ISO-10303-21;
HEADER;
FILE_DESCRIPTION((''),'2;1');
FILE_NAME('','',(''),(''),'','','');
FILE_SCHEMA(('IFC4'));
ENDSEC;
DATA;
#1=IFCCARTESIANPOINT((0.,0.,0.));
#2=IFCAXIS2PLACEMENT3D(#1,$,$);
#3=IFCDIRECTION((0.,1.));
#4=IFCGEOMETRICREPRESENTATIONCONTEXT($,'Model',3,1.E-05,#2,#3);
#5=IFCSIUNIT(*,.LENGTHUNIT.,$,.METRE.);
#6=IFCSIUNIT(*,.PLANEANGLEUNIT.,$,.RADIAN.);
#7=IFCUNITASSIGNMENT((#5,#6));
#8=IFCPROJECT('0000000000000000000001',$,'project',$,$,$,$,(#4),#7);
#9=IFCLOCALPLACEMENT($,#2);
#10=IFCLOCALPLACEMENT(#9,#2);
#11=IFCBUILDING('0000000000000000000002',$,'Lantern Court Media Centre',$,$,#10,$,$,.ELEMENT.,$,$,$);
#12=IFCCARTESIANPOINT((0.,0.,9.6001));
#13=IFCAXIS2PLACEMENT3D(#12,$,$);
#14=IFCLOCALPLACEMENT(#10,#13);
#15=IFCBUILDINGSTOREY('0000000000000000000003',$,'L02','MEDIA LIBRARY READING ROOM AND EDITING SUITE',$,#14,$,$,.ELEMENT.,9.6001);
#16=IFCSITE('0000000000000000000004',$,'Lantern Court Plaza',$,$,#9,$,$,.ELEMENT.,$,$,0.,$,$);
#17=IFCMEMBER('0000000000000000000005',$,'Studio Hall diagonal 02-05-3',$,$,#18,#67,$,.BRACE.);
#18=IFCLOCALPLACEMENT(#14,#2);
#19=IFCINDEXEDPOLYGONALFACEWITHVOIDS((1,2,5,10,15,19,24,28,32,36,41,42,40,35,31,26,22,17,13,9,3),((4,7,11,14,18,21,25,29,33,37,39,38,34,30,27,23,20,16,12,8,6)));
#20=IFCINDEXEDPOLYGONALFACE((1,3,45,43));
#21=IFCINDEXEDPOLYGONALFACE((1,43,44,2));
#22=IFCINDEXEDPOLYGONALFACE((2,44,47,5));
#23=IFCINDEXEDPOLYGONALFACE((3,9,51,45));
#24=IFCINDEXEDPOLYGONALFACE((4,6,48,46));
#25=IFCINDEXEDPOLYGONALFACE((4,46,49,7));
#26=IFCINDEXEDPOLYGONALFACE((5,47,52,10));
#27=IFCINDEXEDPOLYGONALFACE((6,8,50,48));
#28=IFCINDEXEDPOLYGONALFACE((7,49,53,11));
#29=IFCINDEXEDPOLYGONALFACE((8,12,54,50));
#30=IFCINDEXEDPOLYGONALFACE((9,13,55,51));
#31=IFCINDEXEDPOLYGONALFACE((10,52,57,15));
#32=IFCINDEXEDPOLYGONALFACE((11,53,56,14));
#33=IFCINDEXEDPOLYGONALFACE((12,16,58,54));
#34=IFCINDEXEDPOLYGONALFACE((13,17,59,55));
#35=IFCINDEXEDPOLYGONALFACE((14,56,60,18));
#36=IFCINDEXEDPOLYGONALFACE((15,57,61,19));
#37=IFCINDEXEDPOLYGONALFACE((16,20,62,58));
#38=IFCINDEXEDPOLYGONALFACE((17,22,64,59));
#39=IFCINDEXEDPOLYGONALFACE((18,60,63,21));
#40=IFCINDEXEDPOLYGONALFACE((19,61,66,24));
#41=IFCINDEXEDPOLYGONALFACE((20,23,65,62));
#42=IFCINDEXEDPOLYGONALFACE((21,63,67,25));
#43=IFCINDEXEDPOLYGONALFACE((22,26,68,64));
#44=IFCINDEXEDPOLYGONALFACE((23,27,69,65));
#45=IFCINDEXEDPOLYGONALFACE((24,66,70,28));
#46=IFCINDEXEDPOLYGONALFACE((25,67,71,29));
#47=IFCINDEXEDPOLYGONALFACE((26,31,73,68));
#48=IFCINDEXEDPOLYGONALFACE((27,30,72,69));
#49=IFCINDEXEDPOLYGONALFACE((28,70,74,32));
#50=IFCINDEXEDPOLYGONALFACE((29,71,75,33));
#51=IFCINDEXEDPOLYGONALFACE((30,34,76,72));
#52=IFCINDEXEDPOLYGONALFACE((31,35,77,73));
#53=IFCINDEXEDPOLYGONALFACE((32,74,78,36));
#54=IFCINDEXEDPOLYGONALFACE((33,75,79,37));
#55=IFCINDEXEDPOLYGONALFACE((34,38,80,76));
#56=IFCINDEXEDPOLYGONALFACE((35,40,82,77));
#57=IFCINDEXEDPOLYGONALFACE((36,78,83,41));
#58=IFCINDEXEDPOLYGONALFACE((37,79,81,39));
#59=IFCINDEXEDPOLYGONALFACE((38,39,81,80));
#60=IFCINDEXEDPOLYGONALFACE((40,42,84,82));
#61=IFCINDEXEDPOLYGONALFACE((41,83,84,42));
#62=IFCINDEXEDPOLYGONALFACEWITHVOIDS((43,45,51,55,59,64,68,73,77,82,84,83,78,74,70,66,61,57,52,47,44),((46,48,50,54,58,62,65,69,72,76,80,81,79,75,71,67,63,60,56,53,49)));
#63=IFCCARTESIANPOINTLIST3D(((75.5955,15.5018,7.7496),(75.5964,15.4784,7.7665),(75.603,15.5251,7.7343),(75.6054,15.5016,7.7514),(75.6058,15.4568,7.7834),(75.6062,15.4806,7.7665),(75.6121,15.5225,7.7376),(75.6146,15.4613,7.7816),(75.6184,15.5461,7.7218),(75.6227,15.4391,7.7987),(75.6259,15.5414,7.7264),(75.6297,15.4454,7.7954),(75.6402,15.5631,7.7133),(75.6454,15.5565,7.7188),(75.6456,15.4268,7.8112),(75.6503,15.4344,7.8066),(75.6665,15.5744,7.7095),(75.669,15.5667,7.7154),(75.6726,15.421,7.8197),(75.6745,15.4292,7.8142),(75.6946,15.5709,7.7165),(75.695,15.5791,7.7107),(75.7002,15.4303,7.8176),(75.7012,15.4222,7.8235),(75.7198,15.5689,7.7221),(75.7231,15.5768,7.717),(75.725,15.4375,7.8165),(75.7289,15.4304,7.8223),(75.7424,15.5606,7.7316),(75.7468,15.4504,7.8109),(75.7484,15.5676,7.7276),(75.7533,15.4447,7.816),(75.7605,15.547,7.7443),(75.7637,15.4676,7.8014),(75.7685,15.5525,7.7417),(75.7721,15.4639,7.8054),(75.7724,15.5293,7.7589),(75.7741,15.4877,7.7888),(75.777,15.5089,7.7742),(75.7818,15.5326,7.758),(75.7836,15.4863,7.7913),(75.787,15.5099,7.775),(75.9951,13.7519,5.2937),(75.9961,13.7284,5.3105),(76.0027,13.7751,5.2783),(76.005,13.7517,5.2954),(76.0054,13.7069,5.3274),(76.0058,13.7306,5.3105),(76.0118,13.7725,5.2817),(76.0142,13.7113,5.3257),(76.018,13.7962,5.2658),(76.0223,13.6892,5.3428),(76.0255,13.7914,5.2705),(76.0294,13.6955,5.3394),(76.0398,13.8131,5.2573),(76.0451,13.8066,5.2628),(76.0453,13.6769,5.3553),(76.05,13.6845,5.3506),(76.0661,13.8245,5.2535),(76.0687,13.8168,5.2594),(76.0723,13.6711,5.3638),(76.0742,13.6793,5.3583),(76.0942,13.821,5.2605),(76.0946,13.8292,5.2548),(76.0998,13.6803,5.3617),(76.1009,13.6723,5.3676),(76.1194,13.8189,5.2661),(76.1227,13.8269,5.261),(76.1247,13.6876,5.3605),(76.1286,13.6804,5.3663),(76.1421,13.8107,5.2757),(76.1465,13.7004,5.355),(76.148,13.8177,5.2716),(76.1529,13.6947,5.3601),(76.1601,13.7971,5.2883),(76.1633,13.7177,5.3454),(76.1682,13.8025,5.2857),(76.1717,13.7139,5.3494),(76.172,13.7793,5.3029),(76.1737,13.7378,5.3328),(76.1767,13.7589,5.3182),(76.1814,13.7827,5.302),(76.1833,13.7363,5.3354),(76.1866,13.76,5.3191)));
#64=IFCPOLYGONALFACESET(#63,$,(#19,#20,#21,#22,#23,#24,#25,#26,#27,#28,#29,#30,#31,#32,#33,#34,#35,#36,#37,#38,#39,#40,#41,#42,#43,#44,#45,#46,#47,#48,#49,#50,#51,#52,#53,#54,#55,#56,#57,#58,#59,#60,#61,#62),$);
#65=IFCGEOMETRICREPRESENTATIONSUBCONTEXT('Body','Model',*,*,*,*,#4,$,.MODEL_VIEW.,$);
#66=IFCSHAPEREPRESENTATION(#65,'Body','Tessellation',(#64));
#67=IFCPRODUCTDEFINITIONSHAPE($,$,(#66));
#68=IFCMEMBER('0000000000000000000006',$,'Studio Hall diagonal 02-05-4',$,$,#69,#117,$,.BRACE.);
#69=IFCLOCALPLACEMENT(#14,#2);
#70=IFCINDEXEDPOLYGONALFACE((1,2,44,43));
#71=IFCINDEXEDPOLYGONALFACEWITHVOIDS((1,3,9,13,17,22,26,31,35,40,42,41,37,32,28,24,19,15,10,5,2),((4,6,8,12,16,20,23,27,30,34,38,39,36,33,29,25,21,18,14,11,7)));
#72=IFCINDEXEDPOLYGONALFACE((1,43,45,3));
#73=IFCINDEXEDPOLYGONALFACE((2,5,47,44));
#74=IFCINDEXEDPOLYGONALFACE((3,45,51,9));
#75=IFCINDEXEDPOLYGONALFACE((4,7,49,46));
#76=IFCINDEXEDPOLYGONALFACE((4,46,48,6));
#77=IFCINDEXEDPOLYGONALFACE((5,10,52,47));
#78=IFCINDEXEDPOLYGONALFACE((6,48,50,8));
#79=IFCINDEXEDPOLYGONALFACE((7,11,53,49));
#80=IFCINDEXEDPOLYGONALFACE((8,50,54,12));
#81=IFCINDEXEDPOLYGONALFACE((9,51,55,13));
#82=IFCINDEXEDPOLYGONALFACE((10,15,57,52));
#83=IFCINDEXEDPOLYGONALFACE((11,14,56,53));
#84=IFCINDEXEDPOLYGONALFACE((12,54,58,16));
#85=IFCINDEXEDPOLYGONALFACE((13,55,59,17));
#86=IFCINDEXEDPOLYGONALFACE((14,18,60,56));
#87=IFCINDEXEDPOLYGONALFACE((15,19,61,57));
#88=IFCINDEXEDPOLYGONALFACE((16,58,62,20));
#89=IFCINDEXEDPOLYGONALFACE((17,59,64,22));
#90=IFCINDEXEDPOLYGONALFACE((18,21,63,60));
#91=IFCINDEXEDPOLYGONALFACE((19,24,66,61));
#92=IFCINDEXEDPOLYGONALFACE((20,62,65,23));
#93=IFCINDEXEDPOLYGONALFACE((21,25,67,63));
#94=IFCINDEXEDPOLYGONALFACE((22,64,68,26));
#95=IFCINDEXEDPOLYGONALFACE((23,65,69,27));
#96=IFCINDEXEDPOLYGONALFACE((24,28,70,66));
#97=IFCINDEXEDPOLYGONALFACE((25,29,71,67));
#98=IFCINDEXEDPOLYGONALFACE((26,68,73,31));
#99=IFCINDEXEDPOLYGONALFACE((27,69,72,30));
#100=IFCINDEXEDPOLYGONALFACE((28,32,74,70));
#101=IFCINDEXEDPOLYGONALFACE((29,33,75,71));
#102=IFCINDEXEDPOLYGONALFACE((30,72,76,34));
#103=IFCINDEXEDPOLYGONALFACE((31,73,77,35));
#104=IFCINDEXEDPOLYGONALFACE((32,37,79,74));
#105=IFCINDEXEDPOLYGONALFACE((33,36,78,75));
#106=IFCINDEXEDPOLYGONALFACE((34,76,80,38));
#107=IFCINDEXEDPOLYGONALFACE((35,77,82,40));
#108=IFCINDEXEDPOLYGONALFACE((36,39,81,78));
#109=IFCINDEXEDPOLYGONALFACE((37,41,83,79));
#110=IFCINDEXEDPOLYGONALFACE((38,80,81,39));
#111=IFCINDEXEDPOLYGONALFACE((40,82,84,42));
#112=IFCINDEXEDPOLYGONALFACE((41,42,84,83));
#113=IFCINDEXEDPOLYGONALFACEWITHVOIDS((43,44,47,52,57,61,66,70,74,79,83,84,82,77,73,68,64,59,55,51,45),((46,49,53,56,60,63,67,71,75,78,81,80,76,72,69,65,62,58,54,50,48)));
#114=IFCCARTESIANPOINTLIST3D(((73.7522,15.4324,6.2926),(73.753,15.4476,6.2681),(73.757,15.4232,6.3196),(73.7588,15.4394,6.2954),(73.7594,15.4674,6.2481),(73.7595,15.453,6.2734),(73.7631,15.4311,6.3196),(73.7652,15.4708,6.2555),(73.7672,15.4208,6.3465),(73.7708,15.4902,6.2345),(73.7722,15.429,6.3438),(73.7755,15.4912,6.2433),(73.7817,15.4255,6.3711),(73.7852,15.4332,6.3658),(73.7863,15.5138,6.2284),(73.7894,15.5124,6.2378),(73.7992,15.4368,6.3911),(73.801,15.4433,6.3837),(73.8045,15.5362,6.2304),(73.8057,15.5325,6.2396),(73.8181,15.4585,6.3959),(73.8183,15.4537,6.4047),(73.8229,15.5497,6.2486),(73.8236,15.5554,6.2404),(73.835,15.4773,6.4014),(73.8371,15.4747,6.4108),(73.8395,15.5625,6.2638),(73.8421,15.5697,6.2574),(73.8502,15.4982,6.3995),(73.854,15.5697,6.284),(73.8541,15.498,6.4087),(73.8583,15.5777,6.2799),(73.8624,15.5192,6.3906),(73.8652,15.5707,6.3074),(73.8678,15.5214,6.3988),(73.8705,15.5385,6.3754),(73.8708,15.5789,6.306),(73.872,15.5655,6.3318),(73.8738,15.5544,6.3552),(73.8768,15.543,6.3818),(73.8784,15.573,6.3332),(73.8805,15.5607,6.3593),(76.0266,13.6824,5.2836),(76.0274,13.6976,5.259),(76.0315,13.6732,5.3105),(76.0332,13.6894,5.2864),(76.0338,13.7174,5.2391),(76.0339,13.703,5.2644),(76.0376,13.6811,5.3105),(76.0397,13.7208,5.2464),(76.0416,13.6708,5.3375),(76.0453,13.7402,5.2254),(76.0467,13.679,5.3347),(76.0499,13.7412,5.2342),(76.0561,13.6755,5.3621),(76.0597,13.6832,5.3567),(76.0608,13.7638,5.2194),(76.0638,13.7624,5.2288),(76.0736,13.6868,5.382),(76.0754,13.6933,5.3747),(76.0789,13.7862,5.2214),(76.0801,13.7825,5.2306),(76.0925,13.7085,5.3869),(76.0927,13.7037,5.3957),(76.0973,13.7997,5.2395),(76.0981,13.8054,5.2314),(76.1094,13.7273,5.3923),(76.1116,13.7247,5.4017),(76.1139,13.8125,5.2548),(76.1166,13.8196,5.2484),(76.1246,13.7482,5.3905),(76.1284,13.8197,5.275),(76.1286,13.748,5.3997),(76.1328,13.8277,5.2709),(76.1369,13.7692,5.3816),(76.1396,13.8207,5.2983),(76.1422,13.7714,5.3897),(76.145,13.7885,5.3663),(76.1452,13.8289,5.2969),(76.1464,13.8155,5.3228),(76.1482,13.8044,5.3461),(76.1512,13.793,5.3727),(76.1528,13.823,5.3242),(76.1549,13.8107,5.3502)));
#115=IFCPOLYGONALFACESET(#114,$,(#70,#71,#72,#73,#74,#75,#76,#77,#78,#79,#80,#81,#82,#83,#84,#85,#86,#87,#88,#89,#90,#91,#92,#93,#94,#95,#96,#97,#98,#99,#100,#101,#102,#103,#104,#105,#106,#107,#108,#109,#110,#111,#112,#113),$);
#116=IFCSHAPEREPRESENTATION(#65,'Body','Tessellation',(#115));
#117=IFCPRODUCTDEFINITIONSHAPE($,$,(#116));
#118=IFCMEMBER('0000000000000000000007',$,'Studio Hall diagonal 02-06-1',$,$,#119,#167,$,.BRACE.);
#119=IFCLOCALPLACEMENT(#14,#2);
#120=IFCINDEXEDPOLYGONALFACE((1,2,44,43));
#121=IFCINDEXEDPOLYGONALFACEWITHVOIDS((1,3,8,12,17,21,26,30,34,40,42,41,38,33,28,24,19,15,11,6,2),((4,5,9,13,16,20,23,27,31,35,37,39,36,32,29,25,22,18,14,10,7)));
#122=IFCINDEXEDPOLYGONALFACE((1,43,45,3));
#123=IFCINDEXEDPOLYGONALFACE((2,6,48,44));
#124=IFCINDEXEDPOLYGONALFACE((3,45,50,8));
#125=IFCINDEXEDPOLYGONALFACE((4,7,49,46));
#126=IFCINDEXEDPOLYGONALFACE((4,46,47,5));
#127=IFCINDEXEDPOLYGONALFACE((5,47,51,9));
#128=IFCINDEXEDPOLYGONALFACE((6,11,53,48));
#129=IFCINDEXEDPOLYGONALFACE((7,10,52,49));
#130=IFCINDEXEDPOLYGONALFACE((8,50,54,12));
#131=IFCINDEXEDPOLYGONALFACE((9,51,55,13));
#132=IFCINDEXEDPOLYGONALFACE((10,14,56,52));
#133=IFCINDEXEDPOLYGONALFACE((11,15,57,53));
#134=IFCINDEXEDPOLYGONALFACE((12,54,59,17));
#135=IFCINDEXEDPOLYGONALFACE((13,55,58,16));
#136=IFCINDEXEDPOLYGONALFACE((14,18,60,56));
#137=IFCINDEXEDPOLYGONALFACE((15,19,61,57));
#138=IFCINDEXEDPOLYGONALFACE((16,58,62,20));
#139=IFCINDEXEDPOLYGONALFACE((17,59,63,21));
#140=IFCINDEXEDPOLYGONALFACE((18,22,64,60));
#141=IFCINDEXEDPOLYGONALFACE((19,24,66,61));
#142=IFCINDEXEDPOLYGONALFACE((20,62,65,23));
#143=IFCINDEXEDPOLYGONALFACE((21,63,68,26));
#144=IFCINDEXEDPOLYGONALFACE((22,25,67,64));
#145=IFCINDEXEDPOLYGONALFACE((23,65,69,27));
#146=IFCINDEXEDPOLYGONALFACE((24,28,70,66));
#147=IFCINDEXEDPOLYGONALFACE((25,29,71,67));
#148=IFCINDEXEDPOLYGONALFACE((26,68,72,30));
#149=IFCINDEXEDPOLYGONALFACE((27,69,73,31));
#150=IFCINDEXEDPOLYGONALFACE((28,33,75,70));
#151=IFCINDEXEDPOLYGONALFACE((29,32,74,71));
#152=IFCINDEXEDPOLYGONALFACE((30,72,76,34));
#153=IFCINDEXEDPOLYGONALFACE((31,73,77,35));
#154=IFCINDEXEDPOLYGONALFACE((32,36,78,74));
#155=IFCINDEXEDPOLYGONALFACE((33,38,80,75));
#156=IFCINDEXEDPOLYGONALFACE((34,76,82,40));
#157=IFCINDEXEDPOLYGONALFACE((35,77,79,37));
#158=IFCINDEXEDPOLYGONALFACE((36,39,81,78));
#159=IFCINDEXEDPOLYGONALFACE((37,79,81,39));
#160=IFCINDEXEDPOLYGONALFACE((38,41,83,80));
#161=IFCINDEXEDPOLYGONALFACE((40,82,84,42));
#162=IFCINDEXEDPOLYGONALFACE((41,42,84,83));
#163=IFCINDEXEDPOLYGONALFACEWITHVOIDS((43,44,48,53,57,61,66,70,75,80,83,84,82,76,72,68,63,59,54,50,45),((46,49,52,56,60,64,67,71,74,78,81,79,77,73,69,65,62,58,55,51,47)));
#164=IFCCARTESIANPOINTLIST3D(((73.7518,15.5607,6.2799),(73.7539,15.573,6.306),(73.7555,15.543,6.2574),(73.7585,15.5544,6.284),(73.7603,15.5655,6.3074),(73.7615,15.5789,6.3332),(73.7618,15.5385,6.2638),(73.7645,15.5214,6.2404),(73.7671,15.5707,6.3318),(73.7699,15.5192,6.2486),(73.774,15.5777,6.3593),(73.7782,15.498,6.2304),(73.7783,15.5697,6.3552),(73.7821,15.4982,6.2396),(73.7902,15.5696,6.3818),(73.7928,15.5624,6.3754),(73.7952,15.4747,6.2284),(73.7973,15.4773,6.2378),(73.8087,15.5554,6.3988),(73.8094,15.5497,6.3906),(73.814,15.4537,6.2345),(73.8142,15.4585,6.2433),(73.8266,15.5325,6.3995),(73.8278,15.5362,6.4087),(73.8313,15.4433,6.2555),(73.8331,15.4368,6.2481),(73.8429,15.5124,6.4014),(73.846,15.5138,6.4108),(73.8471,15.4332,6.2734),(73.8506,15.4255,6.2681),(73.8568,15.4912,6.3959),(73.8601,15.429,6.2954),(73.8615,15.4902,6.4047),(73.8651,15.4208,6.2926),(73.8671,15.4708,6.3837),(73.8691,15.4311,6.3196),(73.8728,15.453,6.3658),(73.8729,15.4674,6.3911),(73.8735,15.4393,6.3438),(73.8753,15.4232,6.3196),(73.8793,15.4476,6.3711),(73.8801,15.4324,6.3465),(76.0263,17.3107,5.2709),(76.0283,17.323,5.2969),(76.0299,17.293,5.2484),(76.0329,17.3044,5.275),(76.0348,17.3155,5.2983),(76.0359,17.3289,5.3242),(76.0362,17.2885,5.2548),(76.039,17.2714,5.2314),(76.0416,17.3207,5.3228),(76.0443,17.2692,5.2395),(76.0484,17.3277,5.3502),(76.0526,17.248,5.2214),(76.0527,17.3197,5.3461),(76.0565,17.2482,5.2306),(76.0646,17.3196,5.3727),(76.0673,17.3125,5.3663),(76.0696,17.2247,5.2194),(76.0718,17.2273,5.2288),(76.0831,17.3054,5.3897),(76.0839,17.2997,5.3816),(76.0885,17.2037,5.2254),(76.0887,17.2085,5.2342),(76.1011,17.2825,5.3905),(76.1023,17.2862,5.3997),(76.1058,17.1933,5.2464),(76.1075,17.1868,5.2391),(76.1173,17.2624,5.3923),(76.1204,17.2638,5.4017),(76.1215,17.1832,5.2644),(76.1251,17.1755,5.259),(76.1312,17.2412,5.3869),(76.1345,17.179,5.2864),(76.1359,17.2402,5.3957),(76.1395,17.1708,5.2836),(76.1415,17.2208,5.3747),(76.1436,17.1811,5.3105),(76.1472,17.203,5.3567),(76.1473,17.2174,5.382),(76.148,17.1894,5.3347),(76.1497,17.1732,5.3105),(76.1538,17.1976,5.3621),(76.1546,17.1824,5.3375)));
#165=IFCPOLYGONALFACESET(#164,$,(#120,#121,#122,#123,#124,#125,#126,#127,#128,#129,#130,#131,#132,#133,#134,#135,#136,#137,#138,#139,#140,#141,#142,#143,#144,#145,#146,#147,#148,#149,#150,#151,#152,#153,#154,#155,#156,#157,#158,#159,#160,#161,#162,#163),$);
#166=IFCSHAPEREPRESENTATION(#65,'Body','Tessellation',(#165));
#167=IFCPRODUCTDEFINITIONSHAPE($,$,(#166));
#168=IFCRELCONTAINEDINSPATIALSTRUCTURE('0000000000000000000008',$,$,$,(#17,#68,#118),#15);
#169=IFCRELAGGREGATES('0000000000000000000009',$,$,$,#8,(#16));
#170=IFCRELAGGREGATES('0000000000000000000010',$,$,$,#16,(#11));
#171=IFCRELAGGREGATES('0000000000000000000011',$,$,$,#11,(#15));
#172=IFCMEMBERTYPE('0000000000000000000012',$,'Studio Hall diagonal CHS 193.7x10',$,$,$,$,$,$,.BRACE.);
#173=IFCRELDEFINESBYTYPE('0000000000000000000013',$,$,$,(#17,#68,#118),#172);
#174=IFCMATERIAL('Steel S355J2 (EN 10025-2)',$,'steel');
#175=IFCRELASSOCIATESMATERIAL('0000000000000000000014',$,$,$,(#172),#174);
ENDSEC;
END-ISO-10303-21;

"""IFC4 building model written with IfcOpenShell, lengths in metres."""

from ifc_helpers import new_model, si_unit, direction, frame, origin, origin_2d, place, context, subcontext, project, spatial, hollow_circle, extrude, material, material_profile, profile_set, type_object, element, save


model = new_model("IFC4")

# Units and contexts
model_context = context("Model", 3, precision=1e-05, world=origin(), true_north=direction((0.0, 1.0)))
body_context = subcontext(model_context, "Body", "Model", "MODEL_VIEW")
ifc_project = project(units=[si_unit("LENGTHUNIT", "METRE"), si_unit("PLANEANGLEUNIT", "RADIAN")], contexts=[model_context])

# Site, building, storey
site_placement = place(None, origin())
site = spatial("IfcSite", under=ifc_project, at=site_placement, Name="Lantern Court Plaza", CompositionType="ELEMENT", RefElevation=0.0)
building_placement = place(site_placement, origin())
building = spatial("IfcBuilding", under=site, at=building_placement, Name="Lantern Court Media Centre", CompositionType="ELEMENT")
storey_placement = place(building_placement, frame((0.0, 0.0, 9.6001)))
storey = spatial("IfcBuildingStorey", under=building, at=storey_placement, Name="L02", Description="MEDIA LIBRARY READING ROOM AND EDITING SUITE", CompositionType="ELEMENT", Elevation=9.6001)

# Members
ifc_material_1 = material(Name="Steel S355J2 (EN 10025-2)", Category="steel")
ifc_material_profile_1 = material_profile(ifc_material_1, hollow_circle(Radius=0.0969, WallThickness=0.01, at=origin_2d()), Name="Studio Hall diagonal CHS 193.7x10")
ifc_profile_set_1 = profile_set([ifc_material_profile_1], Name="Steel S355J2 (EN 10025-2)")
member_type_1 = type_object("IfcMemberType", Name="Studio Hall diagonal CHS 193.7x10", PredefinedType="BRACE", material=ifc_profile_set_1)
for number, where, z_axis, x_axis, name in (
    (1, (76.0906, 13.75, 5.3105), (-0.131375, 0.575259, 0.807352), (-0.9749, -0.222644, 0.0), "Studio Hall diagonal 02-05-3"),
    (2, (76.0906, 13.75, 5.3105), (-0.747677, 0.575284, 0.331703), (-0.609809, -0.792548, 0.0), "Studio Hall diagonal 02-05-4"),
    (3, (76.0906, 17.25, 5.3105), (-0.747677, -0.575284, 0.331703), (0.609809, -0.792548, 0.0), "Studio Hall diagonal 02-06-1"),
):
    element("IfcMember", number, at=place(storey_placement, frame(where, z_axis=z_axis, x_axis=x_axis)), inside=storey, type_object=member_type_1, Name=name, PredefinedType="BRACE", context=body_context, shape_type="SweptSolid", body=[
        extrude(hollow_circle(Radius=0.0969, WallThickness=0.01, at=origin_2d()), origin(), (0.0, 0.0, 1.0), 3.042),
    ])

save(model, "model.ifc")
